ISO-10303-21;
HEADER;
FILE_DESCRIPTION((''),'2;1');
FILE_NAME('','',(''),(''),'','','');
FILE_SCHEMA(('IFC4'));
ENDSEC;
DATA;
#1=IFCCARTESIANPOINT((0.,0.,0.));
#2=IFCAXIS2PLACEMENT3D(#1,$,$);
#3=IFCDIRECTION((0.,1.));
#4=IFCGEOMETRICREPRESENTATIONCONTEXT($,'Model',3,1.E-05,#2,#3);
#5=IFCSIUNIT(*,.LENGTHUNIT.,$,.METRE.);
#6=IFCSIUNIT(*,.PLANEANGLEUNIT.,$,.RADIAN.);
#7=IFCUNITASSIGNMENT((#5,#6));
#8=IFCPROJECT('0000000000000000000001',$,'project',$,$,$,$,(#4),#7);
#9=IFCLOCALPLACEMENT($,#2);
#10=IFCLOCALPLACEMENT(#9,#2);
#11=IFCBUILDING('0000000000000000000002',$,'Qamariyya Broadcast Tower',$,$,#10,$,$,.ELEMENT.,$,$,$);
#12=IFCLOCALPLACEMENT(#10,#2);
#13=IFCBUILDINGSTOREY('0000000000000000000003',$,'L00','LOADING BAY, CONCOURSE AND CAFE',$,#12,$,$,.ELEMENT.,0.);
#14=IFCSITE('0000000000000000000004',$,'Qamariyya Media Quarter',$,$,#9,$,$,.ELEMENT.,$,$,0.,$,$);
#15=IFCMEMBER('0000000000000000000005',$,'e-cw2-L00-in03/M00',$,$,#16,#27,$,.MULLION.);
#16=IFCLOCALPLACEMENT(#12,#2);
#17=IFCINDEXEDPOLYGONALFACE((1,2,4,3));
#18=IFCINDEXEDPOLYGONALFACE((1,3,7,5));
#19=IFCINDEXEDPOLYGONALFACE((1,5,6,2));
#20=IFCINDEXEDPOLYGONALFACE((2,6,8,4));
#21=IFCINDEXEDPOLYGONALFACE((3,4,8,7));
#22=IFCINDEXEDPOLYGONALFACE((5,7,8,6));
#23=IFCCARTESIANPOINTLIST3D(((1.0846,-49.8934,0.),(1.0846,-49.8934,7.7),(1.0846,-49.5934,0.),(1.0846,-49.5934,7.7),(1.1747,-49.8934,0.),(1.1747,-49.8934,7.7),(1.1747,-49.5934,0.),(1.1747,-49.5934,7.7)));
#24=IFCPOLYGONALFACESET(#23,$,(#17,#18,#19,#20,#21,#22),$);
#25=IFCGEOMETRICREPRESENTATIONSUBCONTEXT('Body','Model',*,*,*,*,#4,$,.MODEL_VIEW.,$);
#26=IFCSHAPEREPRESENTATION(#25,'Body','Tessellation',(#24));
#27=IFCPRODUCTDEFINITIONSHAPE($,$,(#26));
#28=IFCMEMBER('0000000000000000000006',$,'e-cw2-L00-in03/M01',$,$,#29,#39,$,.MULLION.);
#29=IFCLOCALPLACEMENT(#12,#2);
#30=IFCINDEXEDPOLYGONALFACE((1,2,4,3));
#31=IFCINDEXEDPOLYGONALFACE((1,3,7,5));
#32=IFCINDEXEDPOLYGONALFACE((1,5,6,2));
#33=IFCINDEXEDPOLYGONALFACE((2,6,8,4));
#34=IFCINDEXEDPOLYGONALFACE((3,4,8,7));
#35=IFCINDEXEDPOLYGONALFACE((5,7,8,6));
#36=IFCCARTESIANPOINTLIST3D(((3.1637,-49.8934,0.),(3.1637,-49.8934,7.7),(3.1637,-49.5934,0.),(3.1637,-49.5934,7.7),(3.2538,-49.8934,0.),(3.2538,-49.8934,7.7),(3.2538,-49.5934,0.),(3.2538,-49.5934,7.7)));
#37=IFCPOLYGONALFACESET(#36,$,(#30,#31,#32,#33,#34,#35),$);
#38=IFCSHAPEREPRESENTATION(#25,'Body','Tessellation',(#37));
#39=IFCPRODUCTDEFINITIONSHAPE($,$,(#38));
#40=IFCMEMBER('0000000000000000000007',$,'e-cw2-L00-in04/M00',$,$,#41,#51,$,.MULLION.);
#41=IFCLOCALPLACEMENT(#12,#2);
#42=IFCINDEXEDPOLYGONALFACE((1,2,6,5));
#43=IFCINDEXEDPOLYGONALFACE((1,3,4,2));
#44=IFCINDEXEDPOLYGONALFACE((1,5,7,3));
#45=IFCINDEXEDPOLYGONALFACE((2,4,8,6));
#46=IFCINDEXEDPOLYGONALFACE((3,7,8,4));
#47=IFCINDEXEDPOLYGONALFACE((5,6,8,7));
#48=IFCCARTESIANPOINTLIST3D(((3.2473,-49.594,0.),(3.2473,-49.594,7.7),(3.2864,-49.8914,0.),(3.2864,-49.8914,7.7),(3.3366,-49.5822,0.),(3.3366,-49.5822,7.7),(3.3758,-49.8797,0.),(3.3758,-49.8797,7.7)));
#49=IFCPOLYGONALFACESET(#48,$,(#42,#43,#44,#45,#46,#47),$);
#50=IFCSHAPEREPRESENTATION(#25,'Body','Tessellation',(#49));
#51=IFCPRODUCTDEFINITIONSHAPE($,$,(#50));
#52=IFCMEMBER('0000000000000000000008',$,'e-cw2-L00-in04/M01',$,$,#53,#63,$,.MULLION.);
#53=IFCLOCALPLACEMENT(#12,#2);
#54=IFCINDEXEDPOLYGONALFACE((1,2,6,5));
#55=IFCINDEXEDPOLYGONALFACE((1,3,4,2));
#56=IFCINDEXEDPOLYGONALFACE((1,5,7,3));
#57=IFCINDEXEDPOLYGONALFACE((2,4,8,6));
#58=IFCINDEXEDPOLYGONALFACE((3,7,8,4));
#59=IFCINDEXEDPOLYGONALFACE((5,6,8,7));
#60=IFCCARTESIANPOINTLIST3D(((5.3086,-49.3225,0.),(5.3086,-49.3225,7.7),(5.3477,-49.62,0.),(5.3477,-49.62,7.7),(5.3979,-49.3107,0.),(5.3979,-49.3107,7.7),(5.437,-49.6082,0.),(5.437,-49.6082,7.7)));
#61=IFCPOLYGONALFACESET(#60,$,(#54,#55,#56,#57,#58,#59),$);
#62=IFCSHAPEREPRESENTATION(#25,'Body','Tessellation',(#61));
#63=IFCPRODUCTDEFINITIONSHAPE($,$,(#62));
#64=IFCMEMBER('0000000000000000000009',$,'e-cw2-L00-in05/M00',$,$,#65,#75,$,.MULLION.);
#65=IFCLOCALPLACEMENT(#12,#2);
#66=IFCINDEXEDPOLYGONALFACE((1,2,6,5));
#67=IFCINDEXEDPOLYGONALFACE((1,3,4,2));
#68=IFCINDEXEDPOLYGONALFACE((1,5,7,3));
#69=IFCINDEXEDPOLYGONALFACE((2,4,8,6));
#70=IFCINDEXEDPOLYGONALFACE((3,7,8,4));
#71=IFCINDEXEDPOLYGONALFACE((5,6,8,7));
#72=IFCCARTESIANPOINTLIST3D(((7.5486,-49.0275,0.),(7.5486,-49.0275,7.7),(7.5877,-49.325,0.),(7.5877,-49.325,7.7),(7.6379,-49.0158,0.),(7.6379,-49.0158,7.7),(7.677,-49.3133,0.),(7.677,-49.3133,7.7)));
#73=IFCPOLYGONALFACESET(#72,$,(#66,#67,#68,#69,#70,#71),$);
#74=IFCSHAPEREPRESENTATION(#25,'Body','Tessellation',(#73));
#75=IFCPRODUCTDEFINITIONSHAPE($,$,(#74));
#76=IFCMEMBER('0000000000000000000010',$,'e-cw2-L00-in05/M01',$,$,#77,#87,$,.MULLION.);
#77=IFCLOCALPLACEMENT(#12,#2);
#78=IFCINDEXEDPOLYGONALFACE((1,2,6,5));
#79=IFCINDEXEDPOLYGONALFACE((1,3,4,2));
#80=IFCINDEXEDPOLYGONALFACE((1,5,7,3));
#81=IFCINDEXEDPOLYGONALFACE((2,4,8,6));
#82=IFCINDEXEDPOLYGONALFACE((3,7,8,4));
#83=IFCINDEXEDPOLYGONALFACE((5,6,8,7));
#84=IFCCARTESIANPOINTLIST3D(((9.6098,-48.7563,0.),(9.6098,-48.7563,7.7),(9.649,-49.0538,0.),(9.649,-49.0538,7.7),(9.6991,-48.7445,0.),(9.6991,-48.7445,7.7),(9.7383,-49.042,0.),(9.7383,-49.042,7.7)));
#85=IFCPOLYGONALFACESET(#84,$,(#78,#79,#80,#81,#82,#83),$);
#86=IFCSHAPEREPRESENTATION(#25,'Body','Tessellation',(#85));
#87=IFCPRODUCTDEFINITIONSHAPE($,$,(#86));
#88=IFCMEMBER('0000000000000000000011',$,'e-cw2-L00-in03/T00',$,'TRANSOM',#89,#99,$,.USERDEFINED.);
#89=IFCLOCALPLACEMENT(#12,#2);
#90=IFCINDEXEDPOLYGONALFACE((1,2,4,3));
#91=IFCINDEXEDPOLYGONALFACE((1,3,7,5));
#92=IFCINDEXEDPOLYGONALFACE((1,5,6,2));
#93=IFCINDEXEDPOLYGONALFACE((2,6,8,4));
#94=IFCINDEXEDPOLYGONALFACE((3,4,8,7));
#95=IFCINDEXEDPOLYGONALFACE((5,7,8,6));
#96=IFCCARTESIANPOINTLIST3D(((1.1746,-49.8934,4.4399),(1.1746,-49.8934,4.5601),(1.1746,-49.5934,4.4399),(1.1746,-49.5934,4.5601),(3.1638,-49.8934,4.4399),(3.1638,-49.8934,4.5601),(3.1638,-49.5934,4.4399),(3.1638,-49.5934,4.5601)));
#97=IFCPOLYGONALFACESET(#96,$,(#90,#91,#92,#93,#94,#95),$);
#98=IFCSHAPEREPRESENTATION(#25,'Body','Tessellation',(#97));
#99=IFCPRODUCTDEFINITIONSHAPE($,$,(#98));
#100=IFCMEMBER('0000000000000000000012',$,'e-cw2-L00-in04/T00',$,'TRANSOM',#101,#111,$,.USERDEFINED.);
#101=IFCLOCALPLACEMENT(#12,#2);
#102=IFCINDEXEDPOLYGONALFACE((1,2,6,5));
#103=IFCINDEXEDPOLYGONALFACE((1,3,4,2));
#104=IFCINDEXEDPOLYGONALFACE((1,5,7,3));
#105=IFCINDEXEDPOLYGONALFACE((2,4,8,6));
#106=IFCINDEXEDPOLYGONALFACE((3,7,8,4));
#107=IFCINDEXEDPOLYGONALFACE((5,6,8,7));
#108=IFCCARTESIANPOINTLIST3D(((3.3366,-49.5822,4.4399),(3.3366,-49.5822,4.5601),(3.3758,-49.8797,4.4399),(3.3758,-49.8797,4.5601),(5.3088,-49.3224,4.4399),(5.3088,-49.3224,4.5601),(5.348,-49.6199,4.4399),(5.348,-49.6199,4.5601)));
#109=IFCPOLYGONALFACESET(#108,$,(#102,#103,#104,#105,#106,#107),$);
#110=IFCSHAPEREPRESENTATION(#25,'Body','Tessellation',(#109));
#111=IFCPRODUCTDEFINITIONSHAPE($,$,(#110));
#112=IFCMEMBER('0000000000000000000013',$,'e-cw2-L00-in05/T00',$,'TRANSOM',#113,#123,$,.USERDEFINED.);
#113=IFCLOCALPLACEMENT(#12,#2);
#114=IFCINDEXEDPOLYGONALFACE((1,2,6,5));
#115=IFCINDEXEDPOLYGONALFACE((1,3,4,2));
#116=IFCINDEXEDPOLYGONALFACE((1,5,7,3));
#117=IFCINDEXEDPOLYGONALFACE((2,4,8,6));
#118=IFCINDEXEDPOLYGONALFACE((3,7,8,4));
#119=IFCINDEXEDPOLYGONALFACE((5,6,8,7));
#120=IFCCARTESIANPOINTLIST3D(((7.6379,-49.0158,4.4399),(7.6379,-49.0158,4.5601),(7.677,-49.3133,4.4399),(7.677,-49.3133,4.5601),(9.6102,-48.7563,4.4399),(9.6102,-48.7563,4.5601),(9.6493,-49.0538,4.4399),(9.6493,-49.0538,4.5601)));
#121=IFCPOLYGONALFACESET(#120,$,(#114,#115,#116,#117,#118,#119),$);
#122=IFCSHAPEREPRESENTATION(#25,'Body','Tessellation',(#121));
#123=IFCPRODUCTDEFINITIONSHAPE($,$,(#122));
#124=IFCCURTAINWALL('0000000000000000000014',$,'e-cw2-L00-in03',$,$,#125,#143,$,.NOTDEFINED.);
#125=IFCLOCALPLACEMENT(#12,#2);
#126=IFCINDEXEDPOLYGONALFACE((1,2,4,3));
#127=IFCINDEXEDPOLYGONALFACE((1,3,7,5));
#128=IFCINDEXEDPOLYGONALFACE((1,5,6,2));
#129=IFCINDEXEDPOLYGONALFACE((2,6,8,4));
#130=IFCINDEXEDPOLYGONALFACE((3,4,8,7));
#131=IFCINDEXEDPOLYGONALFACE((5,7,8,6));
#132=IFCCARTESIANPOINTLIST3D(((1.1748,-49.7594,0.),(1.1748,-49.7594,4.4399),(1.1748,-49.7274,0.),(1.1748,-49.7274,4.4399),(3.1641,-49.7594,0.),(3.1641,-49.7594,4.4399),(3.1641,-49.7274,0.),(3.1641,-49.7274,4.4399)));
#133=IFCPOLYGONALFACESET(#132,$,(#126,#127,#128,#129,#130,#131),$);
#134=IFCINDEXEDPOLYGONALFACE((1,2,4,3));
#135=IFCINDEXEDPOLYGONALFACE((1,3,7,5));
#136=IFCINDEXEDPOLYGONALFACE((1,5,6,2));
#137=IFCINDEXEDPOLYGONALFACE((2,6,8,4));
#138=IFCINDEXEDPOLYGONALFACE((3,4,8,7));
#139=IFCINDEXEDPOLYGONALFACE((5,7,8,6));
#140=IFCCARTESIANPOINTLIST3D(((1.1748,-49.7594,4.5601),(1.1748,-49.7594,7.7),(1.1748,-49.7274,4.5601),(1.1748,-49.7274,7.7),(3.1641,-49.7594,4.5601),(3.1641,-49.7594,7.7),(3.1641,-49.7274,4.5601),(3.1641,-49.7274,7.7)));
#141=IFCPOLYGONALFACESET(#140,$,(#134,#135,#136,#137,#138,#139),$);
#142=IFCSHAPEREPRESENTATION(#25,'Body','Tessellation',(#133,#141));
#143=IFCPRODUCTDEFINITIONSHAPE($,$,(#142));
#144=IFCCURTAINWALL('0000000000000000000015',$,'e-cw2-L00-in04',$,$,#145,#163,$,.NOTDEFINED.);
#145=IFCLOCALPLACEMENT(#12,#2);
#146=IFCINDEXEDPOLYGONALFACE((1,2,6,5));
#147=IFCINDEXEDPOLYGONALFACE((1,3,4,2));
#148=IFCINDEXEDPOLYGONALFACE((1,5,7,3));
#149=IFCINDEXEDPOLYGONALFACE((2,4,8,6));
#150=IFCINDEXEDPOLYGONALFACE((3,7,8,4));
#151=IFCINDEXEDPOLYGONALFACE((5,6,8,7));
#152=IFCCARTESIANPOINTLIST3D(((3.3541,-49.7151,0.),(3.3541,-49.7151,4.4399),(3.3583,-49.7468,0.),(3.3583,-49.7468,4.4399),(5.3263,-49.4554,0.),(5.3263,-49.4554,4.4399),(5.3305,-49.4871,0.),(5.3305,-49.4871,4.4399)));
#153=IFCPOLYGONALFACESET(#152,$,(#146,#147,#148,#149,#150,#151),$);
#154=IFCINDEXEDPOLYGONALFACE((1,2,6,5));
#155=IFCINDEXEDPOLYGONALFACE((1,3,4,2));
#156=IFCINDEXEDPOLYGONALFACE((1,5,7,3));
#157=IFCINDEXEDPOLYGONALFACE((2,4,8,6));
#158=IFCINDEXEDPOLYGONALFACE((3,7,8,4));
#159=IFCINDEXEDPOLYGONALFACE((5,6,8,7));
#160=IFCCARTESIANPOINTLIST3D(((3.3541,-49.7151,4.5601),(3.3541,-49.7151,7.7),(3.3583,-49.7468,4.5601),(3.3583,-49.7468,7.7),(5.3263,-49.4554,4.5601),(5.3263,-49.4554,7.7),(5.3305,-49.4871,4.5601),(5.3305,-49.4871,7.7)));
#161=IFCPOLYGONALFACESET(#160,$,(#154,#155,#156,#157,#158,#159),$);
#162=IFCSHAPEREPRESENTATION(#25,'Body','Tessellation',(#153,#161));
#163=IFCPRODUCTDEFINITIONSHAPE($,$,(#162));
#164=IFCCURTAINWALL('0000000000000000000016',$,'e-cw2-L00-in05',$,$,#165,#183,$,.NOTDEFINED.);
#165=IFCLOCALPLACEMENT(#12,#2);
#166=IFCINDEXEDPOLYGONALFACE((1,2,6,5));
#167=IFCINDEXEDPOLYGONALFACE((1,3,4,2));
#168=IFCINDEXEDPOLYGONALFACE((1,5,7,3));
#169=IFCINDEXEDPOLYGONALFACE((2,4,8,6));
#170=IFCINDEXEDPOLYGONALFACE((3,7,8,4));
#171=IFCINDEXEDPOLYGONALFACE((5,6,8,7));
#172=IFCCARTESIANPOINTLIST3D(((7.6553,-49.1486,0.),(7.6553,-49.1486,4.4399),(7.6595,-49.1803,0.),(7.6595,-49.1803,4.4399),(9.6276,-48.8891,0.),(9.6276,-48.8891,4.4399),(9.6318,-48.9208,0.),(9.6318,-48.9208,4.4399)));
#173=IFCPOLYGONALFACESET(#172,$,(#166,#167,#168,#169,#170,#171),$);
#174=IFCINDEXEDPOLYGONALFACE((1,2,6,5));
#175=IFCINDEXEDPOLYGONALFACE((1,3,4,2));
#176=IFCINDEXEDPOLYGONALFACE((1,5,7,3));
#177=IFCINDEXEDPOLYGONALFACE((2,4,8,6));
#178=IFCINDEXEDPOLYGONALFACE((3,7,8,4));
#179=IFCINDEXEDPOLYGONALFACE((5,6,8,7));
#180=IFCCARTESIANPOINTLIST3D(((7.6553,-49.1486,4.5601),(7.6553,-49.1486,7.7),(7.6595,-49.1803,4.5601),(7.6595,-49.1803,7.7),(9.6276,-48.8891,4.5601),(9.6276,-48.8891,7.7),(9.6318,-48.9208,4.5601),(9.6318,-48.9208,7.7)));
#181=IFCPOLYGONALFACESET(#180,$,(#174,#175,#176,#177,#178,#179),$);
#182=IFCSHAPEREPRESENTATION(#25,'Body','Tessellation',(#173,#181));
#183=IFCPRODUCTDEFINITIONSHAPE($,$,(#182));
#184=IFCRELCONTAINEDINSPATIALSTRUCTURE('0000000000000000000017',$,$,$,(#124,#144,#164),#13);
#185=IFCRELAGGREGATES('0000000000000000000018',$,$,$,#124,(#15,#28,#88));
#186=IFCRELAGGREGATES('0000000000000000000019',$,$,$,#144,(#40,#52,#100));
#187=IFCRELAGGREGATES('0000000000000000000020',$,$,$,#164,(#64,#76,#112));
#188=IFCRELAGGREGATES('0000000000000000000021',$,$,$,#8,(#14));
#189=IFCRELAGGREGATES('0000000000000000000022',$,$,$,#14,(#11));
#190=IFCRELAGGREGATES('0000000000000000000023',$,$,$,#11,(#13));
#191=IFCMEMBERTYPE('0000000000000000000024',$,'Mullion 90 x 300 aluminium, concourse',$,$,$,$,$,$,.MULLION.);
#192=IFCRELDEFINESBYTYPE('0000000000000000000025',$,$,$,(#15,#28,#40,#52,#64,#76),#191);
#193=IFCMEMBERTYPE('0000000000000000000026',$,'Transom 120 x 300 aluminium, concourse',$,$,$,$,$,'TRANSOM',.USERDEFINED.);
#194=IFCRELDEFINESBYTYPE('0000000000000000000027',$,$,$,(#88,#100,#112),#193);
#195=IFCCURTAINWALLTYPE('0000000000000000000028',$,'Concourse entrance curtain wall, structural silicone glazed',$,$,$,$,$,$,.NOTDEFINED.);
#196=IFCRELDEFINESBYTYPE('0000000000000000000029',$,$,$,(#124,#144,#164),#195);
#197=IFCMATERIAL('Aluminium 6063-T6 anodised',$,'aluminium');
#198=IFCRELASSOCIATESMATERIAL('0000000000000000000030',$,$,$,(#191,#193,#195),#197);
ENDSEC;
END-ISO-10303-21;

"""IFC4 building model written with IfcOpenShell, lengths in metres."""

from ifc_helpers import new_model, si_unit, direction, frame, origin, origin_2d, place, context, subcontext, project, spatial, rectangle, extrude, material, material_profile, profile_set, type_object, element, aggregate, save


model = new_model("IFC4")

# Units and contexts
model_context = context("Model", 3, precision=1e-05, world=origin(), true_north=direction((0.0, 1.0)))
body_context = subcontext(model_context, "Body", "Model", "MODEL_VIEW")
ifc_project = project(units=[si_unit("LENGTHUNIT", "METRE"), si_unit("PLANEANGLEUNIT", "RADIAN")], contexts=[model_context])

# Members
ifc_material_1 = material(Name="Aluminium 6063-T6 anodised", Category="aluminium")
site_placement = place(None, origin())
building_placement = place(site_placement, origin())
storey_placement = place(building_placement, origin())
ifc_material_profile_1 = material_profile(ifc_material_1, rectangle(XDim=0.3, YDim=0.0901, at=origin_2d()))
ifc_profile_set_1 = profile_set([ifc_material_profile_1], Name="Aluminium 6063-T6 anodised")
member_type_1 = type_object("IfcMemberType", Name="Mullion 90 x 300 aluminium, concourse", PredefinedType="MULLION", material=ifc_profile_set_1)
member_1_placement = place(storey_placement, frame((1.1296, -49.7434, 0.0), z_axis=(0.0, 0.0, 1.0), x_axis=(0.0, 1.0, 0.0)))
member_1 = element("IfcMember", 1, at=member_1_placement, type_object=member_type_1, Name="e-cw2-L00-in03/M00", PredefinedType="MULLION", context=body_context, shape_type="SweptSolid", body=[
    extrude(rectangle(XDim=0.3, YDim=0.0901, at=origin_2d()), origin(), (0.0, 0.0, 1.0), 7.7),
])
member_2_placement = place(storey_placement, frame((3.2087, -49.7434, 0.0), z_axis=(0.0, 0.0, 1.0), x_axis=(0.0, 1.0, 0.0)))
member_2 = element("IfcMember", 2, at=member_2_placement, type_object=member_type_1, Name="e-cw2-L00-in03/M01", PredefinedType="MULLION", context=body_context, shape_type="SweptSolid", body=[
    extrude(rectangle(XDim=0.3, YDim=0.0901, at=origin_2d()), origin(), (0.0, 0.0, 1.0), 7.7),
])
member_3_placement = place(storey_placement, frame((3.3115, -49.7368, 0.0), z_axis=(0.0, 0.0, 1.0), x_axis=(-0.130526, 0.991445, 0.0)))
member_3 = element("IfcMember", 3, at=member_3_placement, type_object=member_type_1, Name="e-cw2-L00-in04/M00", PredefinedType="MULLION", context=body_context, shape_type="SweptSolid", body=[
    extrude(rectangle(XDim=0.3, YDim=0.0901, at=origin_2d()), origin(), (0.0, 0.0, 1.0), 7.7),
])
member_4_placement = place(storey_placement, frame((5.3728, -49.4653, 0.0), z_axis=(0.0, 0.0, 1.0), x_axis=(-0.130526, 0.991445, 0.0)))
member_4 = element("IfcMember", 4, at=member_4_placement, type_object=member_type_1, Name="e-cw2-L00-in04/M01", PredefinedType="MULLION", context=body_context, shape_type="SweptSolid", body=[
    extrude(rectangle(XDim=0.3, YDim=0.0901, at=origin_2d()), origin(), (0.0, 0.0, 1.0), 7.7),
])
member_5_placement = place(storey_placement, frame((7.6128, -49.1704, 0.0), z_axis=(0.0, 0.0, 1.0), x_axis=(-0.130526, 0.991445, 0.0)))
member_5 = element("IfcMember", 5, at=member_5_placement, type_object=member_type_1, Name="e-cw2-L00-in05/M00", PredefinedType="MULLION", context=body_context, shape_type="SweptSolid", body=[
    extrude(rectangle(XDim=0.3, YDim=0.0901, at=origin_2d()), origin(), (0.0, 0.0, 1.0), 7.7),
])
member_6_placement = place(storey_placement, frame((9.6741, -48.8992, 0.0), z_axis=(0.0, 0.0, 1.0), x_axis=(-0.130526, 0.991445, 0.0)))
member_6 = element("IfcMember", 6, at=member_6_placement, type_object=member_type_1, Name="e-cw2-L00-in05/M01", PredefinedType="MULLION", context=body_context, shape_type="SweptSolid", body=[
    extrude(rectangle(XDim=0.3, YDim=0.0901, at=origin_2d()), origin(), (0.0, 0.0, 1.0), 7.7),
])
ifc_material_profile_2 = material_profile(ifc_material_1, rectangle(XDim=0.3, YDim=0.1201, at=origin_2d()))
ifc_profile_set_2 = profile_set([ifc_material_profile_2], Name="Aluminium 6063-T6 anodised")
member_type_2 = type_object("IfcMemberType", Name="Transom 120 x 300 aluminium, concourse", ElementType="TRANSOM", PredefinedType="USERDEFINED", material=ifc_profile_set_2)
member_7_placement = place(storey_placement, frame((1.1746, -49.7434, 4.5), z_axis=(1.0, 0.0, 0.0), x_axis=(0.0, 1.0, 0.0)))
member_7 = element("IfcMember", 7, at=member_7_placement, type_object=member_type_2, Name="e-cw2-L00-in03/T00", ObjectType="TRANSOM", PredefinedType="USERDEFINED", context=body_context, shape_type="SweptSolid", body=[
    extrude(rectangle(XDim=0.3, YDim=0.1201, at=origin_2d()), origin(), (0.0, 0.0, 1.0), 1.9893),
])
member_8_placement = place(storey_placement, frame((3.3562, -49.731, 4.5), z_axis=(0.991437, 0.130588, 0.0), x_axis=(-0.130588, 0.991437, 0.0)))
member_8 = element("IfcMember", 8, at=member_8_placement, type_object=member_type_2, Name="e-cw2-L00-in04/T00", ObjectType="TRANSOM", PredefinedType="USERDEFINED", context=body_context, shape_type="SweptSolid", body=[
    extrude(rectangle(XDim=0.3, YDim=0.1201, at=origin_2d()), origin(), (0.0, 0.0, 1.0), 1.9893),
])
member_9_placement = place(storey_placement, frame((7.6575, -49.1646, 4.5), z_axis=(0.991453, 0.130467, 0.0), x_axis=(-0.130467, 0.991453, 0.0)))
member_9 = element("IfcMember", 9, at=member_9_placement, type_object=member_type_2, Name="e-cw2-L00-in05/T00", ObjectType="TRANSOM", PredefinedType="USERDEFINED", context=body_context, shape_type="SweptSolid", body=[
    extrude(rectangle(XDim=0.3, YDim=0.1201, at=origin_2d()), origin(), (0.0, 0.0, 1.0), 1.9893),
])

# Site, building, storey
site = spatial("IfcSite", under=ifc_project, at=site_placement, Name="Qamariyya Media Quarter", CompositionType="ELEMENT", RefElevation=0.0)
building = spatial("IfcBuilding", under=site, at=building_placement, Name="Qamariyya Broadcast Tower", CompositionType="ELEMENT")
storey = spatial("IfcBuildingStorey", under=building, at=storey_placement, Name="L00", Description="LOADING BAY, CONCOURSE AND CAFE", CompositionType="ELEMENT", Elevation=0.0)

# Curtain walls
curtain_wall_type_1 = type_object("IfcCurtainWallType", Name="Concourse entrance curtain wall, structural silicone glazed", PredefinedType="NOTDEFINED", material=ifc_material_1)
curtain_wall_1_placement = place(storey_placement, origin())
curtain_wall_1 = element("IfcCurtainWall", 10, at=curtain_wall_1_placement, inside=storey, type_object=curtain_wall_type_1, Name="e-cw2-L00-in03", PredefinedType="NOTDEFINED", context=body_context, shape_type="SweptSolid", body=[
    extrude(rectangle(XDim=1.9893, YDim=0.032, at=origin_2d()), frame((2.1694, -49.7434, 0.0), x_axis=(1.0, 0.0, 0.0)), (0.0, 0.0, 1.0), 4.4399),
    extrude(rectangle(XDim=1.9893, YDim=0.032, at=origin_2d()), frame((2.1694, -49.7434, 4.5601), x_axis=(1.0, 0.0, 0.0)), (0.0, 0.0, 1.0), 3.1399),
])
aggregate(curtain_wall_1, [member_1, member_2, member_7])
curtain_wall_2_placement = place(storey_placement, origin())
curtain_wall_2 = element("IfcCurtainWall", 11, at=curtain_wall_2_placement, inside=storey, type_object=curtain_wall_type_1, Name="e-cw2-L00-in04", PredefinedType="NOTDEFINED", context=body_context, shape_type="SweptSolid", body=[
    extrude(rectangle(XDim=1.9893, YDim=0.032, at=origin_2d()), frame((4.3423, -49.6011, 0.0), x_axis=(0.991441, 0.130556, 0.0)), (0.0, 0.0, 1.0), 4.4399),
    extrude(rectangle(XDim=1.9893, YDim=0.032, at=origin_2d()), frame((4.3423, -49.6011, 4.5601), x_axis=(0.991441, 0.130556, 0.0)), (0.0, 0.0, 1.0), 3.1399),
])
aggregate(curtain_wall_2, [member_3, member_4, member_8])
curtain_wall_3_placement = place(storey_placement, origin())
curtain_wall_3 = element("IfcCurtainWall", 12, at=curtain_wall_3_placement, inside=storey, type_object=curtain_wall_type_1, Name="e-cw2-L00-in05", PredefinedType="NOTDEFINED", context=body_context, shape_type="SweptSolid", body=[
    extrude(rectangle(XDim=1.9893, YDim=0.032, at=origin_2d()), frame((8.6436, -49.0347, 0.0), x_axis=(0.991455, 0.130446, 0.0)), (0.0, 0.0, 1.0), 4.4399),
    extrude(rectangle(XDim=1.9893, YDim=0.032, at=origin_2d()), frame((8.6436, -49.0347, 4.5601), x_axis=(0.991455, 0.130446, 0.0)), (0.0, 0.0, 1.0), 3.1399),
])
aggregate(curtain_wall_3, [member_5, member_6, member_9])

save(model, "model.ifc")
